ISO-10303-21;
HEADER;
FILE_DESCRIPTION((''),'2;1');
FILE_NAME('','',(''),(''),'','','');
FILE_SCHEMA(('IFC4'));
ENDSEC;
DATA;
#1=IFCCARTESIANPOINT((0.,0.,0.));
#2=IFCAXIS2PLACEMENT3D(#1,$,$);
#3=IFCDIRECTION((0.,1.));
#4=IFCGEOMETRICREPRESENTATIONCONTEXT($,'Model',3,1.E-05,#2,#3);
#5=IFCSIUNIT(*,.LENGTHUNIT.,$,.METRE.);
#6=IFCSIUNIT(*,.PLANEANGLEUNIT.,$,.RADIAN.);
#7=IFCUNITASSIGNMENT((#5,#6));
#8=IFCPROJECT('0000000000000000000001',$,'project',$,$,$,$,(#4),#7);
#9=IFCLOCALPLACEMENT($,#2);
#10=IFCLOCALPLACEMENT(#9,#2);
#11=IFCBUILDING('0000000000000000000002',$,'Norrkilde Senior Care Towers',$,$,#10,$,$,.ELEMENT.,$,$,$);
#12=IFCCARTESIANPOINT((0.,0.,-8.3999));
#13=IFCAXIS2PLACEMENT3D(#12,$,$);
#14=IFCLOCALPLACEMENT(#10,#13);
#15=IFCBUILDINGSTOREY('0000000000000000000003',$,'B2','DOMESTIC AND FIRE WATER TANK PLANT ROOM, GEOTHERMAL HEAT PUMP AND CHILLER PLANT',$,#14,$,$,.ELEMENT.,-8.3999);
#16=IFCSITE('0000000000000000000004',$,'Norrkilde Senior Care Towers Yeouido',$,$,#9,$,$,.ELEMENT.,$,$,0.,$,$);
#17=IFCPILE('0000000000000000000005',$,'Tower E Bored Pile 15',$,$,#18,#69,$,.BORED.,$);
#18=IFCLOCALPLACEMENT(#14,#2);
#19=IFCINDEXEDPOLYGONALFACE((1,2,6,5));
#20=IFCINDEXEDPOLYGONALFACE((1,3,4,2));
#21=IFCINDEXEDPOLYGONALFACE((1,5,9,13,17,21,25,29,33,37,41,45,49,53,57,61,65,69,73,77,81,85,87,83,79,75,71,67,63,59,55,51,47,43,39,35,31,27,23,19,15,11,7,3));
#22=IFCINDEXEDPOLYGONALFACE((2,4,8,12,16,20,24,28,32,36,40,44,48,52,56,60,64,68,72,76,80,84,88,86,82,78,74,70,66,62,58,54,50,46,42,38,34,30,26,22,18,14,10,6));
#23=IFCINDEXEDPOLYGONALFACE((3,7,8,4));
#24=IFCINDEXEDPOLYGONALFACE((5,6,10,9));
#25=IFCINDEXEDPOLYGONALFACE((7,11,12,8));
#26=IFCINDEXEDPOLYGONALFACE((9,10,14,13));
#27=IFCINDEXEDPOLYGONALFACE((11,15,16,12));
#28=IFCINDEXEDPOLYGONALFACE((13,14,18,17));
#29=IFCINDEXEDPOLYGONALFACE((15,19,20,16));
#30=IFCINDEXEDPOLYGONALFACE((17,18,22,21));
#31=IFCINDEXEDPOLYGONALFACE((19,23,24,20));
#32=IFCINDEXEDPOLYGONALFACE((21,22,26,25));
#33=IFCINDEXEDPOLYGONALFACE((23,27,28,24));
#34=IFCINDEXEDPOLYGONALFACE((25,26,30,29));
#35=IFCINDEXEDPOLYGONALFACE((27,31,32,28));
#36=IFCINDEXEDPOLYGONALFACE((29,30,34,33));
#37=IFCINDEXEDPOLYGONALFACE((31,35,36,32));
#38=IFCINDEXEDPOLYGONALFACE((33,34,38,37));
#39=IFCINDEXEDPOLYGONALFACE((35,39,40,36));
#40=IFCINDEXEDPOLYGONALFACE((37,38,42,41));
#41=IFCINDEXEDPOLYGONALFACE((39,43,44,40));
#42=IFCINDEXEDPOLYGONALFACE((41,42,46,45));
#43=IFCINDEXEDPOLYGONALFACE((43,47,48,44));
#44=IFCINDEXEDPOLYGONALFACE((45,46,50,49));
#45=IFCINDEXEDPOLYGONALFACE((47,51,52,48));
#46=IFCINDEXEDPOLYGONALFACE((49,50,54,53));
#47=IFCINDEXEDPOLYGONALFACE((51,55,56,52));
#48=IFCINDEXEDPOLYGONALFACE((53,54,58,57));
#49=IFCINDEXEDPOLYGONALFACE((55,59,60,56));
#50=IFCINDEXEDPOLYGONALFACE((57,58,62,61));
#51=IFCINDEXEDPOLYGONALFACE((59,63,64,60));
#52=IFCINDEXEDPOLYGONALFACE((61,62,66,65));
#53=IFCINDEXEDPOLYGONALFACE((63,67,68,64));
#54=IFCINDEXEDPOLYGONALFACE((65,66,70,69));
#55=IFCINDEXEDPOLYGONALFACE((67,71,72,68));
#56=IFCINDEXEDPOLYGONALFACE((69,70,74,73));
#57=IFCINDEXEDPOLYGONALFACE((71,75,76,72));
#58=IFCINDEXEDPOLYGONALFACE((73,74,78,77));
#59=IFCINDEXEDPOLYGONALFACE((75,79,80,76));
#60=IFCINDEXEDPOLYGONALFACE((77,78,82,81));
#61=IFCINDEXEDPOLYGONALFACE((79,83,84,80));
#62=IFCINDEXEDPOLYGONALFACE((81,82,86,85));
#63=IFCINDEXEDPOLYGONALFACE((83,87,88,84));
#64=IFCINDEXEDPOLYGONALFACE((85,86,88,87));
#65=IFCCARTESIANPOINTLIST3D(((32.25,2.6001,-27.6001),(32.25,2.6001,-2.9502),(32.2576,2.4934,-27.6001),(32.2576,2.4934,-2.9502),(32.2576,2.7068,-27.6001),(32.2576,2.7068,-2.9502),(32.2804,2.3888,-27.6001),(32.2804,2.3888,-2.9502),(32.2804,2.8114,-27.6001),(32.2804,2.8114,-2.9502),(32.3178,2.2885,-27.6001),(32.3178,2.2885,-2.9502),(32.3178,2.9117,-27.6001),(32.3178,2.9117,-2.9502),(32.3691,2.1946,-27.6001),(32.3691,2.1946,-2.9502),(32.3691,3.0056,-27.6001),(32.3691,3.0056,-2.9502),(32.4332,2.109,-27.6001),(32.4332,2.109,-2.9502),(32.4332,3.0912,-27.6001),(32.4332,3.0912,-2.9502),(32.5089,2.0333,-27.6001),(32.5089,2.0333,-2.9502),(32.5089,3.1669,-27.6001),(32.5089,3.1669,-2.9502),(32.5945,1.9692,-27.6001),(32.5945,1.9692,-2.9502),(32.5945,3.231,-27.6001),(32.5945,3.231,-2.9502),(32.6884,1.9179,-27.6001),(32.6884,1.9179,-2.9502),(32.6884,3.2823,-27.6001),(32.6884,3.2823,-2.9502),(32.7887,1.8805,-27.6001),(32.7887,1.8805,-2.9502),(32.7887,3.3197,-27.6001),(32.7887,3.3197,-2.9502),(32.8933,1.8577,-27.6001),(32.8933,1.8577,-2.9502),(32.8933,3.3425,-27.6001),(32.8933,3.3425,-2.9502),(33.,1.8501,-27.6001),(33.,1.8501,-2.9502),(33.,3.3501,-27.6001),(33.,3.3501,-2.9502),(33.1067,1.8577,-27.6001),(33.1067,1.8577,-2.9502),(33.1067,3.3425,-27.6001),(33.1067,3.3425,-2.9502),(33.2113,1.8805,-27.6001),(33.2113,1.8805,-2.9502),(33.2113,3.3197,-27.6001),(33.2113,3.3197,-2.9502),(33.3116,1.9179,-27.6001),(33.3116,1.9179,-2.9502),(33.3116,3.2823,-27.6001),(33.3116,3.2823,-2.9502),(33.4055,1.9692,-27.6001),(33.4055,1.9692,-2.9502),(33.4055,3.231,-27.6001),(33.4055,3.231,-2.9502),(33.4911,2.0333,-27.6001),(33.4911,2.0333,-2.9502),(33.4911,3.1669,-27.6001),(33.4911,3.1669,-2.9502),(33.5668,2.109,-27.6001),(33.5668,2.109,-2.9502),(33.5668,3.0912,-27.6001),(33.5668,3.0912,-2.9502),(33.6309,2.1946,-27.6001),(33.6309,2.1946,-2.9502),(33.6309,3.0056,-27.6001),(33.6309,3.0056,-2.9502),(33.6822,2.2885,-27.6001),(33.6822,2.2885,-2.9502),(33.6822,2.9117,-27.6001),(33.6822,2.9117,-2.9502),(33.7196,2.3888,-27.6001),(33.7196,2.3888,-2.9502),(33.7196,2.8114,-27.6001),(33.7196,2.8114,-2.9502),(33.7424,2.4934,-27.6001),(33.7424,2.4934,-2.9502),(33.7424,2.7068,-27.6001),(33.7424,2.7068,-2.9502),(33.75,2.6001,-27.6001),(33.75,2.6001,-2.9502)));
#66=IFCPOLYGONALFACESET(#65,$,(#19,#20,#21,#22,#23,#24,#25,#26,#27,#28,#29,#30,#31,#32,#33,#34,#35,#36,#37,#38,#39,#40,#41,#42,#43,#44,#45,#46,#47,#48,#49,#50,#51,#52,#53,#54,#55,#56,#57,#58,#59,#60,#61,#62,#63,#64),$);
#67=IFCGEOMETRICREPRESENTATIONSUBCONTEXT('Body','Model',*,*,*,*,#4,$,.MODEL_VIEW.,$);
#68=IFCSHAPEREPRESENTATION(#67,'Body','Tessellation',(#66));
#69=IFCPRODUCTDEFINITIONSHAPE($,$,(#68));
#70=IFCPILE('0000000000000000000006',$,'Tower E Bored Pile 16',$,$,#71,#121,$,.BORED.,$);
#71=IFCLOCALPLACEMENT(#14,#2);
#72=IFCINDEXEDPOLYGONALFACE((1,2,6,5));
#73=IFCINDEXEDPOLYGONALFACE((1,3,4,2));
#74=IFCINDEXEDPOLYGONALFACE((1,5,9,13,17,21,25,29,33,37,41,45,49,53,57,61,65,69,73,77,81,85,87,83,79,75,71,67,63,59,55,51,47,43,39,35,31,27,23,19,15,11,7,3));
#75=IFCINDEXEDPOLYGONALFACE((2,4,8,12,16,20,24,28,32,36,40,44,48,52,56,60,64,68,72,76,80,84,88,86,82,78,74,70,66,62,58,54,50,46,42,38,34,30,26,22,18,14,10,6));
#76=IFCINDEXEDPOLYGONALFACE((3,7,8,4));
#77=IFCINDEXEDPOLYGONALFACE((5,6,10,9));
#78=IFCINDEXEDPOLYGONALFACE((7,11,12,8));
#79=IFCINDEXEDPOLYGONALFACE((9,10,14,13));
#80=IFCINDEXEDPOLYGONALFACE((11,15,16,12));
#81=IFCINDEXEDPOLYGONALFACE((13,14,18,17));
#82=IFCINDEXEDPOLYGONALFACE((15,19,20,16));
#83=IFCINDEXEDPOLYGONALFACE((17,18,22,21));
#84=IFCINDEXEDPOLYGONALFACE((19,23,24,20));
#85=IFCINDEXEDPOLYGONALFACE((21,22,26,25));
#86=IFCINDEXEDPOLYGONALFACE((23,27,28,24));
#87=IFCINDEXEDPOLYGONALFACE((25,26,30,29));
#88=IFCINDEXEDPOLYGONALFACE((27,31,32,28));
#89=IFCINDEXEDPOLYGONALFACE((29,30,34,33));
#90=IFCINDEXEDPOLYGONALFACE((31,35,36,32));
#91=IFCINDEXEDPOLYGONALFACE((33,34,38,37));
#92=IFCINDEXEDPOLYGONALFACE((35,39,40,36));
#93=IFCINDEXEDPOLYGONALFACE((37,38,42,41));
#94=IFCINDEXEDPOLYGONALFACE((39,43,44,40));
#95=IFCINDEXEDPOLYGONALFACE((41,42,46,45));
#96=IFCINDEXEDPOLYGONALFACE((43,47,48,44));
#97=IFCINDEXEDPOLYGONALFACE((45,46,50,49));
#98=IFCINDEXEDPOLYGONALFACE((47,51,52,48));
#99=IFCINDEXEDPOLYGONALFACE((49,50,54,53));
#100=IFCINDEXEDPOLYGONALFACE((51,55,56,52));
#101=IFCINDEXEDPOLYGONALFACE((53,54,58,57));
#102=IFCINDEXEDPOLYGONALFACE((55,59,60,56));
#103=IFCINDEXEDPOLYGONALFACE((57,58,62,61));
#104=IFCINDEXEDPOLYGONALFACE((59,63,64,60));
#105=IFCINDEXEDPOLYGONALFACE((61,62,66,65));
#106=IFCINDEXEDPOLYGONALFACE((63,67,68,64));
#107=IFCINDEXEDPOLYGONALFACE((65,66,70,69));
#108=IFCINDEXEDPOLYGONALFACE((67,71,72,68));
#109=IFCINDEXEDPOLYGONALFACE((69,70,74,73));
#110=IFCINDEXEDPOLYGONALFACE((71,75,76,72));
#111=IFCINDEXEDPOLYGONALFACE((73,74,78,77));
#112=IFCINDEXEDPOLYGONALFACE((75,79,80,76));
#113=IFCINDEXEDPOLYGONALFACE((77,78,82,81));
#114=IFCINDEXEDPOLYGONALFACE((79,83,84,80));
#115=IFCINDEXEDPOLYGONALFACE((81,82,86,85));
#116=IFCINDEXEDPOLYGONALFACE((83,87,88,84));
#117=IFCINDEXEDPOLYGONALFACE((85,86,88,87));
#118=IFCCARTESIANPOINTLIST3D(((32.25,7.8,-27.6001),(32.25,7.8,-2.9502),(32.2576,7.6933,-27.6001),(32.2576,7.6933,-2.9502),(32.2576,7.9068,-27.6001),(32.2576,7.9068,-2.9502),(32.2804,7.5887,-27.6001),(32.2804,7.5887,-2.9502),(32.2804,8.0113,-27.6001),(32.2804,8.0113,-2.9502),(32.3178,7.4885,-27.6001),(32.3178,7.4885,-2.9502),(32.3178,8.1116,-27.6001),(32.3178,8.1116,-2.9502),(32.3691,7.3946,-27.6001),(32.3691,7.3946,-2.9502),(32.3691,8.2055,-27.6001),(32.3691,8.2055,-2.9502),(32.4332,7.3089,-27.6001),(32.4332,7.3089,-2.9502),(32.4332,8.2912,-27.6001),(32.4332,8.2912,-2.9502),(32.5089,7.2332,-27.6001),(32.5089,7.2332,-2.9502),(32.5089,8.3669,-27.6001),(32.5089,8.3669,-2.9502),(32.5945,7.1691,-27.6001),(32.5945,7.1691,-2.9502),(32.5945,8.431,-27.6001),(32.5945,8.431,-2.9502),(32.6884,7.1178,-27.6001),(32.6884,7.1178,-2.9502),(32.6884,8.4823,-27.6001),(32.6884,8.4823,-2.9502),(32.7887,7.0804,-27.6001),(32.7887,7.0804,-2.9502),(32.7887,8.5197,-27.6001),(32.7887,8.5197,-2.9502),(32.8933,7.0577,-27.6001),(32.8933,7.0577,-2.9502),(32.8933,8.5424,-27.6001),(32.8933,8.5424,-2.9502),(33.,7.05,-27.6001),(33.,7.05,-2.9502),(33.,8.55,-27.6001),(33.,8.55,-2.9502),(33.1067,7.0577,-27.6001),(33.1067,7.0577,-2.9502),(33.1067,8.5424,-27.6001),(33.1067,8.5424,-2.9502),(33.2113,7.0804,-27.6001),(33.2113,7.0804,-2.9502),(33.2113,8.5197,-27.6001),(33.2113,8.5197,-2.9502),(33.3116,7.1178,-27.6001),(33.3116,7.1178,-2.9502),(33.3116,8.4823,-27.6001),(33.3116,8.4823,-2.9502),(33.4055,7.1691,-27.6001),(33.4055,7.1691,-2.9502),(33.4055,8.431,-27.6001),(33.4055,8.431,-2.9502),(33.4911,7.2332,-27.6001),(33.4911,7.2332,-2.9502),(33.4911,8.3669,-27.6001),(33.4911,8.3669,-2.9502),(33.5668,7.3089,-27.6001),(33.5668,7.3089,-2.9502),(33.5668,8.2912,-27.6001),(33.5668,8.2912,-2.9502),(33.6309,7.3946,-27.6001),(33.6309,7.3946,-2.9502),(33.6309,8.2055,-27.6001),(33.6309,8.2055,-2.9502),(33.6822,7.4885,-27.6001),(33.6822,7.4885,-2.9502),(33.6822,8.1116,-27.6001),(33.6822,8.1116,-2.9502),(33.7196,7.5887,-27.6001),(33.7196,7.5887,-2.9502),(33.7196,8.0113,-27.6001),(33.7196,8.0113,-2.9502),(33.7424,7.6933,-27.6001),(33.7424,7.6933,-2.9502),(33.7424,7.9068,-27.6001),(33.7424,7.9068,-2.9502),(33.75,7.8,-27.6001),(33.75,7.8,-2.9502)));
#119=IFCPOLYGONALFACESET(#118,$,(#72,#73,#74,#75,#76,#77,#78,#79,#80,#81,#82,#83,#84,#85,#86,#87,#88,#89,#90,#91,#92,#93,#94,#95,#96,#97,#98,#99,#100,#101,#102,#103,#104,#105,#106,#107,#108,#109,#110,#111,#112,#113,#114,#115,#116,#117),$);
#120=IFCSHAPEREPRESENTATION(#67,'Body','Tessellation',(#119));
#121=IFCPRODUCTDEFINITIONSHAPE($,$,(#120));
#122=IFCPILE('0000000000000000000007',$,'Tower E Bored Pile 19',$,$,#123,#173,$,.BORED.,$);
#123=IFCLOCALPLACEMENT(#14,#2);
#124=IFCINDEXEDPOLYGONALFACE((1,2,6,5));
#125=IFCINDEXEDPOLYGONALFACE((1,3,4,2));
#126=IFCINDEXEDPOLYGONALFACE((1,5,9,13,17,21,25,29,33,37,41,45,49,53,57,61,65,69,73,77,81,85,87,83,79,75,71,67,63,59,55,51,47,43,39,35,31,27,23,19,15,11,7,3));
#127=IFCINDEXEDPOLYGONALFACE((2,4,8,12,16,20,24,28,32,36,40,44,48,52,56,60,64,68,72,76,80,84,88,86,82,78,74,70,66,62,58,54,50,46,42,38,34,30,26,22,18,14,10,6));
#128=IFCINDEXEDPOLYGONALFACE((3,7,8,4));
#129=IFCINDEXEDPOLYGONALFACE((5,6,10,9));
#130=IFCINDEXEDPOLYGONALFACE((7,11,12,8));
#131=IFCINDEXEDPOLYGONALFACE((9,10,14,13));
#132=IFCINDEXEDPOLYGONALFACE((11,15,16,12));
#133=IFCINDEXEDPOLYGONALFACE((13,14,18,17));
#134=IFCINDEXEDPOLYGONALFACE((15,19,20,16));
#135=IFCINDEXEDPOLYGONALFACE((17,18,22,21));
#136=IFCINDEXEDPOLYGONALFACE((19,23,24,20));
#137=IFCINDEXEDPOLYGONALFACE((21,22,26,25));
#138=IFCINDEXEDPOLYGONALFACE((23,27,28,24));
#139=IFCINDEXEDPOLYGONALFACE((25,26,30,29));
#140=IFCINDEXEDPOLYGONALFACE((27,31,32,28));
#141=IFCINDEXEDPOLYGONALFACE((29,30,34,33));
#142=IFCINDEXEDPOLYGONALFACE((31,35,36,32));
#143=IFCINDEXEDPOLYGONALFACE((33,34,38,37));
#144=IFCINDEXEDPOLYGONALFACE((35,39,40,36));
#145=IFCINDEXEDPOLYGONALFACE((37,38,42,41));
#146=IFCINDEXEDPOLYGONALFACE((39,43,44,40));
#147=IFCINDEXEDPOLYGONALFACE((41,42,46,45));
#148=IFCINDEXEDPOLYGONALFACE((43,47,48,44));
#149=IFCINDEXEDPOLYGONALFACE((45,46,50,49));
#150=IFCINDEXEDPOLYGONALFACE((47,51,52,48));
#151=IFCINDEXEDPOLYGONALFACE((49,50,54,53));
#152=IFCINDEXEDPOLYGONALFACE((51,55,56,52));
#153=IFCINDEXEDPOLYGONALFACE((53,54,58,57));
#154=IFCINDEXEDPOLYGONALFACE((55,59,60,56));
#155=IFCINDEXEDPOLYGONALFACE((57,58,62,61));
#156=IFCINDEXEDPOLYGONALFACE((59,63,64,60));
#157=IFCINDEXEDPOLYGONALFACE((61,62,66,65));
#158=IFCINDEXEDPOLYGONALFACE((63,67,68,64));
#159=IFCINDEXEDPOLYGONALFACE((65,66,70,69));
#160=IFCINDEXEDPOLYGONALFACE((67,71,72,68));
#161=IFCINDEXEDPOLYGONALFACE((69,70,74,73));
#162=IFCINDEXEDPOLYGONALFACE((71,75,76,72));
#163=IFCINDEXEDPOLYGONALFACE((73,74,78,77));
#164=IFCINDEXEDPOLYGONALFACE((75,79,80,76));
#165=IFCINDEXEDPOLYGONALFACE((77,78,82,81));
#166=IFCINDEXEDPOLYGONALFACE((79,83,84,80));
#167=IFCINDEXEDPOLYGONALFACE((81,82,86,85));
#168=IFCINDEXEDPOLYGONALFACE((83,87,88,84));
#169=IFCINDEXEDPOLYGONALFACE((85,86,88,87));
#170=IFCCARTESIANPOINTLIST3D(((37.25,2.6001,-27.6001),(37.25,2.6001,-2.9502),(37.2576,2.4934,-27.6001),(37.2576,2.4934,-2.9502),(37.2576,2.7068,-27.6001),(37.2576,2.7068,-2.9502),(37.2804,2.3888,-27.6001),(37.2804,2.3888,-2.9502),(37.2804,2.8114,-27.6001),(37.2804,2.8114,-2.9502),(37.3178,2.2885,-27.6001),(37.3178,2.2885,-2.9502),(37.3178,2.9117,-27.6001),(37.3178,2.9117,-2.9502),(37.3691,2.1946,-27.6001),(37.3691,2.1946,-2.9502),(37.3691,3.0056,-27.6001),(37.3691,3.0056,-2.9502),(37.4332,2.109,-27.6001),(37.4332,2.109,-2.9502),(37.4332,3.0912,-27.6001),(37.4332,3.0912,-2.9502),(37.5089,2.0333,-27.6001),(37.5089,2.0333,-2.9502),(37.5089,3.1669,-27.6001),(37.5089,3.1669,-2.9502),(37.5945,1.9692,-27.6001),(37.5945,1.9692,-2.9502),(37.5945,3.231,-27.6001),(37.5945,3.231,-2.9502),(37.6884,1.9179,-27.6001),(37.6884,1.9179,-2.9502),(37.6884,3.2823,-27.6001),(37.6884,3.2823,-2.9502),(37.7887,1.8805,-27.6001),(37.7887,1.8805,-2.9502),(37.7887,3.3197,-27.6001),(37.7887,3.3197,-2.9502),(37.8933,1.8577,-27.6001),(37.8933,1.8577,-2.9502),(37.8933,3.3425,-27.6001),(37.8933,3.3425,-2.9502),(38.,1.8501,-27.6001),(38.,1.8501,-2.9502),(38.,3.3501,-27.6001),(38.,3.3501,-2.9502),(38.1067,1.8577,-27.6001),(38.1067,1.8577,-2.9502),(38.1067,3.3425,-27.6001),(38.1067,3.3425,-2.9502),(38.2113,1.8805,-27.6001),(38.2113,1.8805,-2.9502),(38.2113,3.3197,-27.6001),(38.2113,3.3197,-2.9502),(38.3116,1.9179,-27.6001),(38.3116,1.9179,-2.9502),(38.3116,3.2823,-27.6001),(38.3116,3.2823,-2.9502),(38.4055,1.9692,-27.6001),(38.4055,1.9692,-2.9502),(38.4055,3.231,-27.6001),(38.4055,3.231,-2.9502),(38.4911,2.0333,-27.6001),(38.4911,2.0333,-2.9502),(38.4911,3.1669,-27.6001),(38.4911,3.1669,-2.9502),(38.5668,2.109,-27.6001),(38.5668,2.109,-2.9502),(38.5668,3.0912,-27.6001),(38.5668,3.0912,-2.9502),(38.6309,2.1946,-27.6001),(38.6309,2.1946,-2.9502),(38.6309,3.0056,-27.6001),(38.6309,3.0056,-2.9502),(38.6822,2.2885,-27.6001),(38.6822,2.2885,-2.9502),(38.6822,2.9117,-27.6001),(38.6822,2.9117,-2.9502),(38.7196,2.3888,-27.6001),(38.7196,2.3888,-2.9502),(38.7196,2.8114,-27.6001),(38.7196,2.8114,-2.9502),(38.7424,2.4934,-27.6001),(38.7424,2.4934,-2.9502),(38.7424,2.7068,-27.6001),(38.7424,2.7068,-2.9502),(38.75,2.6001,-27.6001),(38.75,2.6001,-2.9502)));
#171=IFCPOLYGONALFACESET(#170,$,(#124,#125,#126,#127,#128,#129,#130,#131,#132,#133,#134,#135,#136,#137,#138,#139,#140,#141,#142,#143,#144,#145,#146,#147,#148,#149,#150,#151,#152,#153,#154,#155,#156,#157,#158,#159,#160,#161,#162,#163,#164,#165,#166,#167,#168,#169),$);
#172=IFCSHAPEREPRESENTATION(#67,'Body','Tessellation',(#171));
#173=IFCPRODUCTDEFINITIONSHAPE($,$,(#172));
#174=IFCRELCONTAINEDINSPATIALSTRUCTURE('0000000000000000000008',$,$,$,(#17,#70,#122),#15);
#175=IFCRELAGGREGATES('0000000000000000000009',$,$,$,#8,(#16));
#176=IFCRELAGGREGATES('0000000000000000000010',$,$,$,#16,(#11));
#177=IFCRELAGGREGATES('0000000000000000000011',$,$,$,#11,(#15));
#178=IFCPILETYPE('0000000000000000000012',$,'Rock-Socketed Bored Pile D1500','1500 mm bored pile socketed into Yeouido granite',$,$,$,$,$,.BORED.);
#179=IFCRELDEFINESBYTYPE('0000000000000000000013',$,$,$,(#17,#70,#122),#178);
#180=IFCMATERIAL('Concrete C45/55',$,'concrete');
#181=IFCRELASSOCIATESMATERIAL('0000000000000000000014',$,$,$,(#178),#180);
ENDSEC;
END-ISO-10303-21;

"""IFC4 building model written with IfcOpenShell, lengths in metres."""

from ifc_helpers import new_model, si_unit, direction, frame, origin, origin_2d, place, context, subcontext, project, spatial, circle, extrude, source, transform, mapped, material, material_profile, profile_set, type_object, type_shapes, element, save


model = new_model("IFC4")

# Units and contexts
model_context = context("Model", 3, precision=1e-05, world=origin(), true_north=direction((0.0, 1.0)))
body_context = subcontext(model_context, "Body", "Model", "MODEL_VIEW")
ifc_project = project(units=[si_unit("LENGTHUNIT", "METRE"), si_unit("PLANEANGLEUNIT", "RADIAN")], contexts=[model_context])

# Site, building, storey
site_placement = place(None, origin())
site = spatial("IfcSite", under=ifc_project, at=site_placement, Name="Norrkilde Senior Care Towers Yeouido", CompositionType="ELEMENT", RefElevation=0.0)
building_placement = place(site_placement, origin())
building = spatial("IfcBuilding", under=site, at=building_placement, Name="Norrkilde Senior Care Towers", CompositionType="ELEMENT")
storey_placement = place(building_placement, frame((0.0, 0.0, -8.3999)))
storey = spatial("IfcBuildingStorey", under=building, at=storey_placement, Name="B2", Description="DOMESTIC AND FIRE WATER TANK PLANT ROOM, GEOTHERMAL HEAT PUMP AND CHILLER PLANT", CompositionType="ELEMENT", Elevation=-8.3999)

# Piles
ifc_material_1 = material(Name="Concrete C45/55", Category="concrete")
ifc_material_profile_1 = material_profile(ifc_material_1, circle(Radius=0.75, at=origin_2d()), Name="BORED PILE 1500")
ifc_profile_set_1 = profile_set([ifc_material_profile_1], Name="Concrete C45/55")
pile_type_1 = type_object("IfcPileType", Name="Rock-Socketed Bored Pile D1500", Description="1500 mm bored pile socketed into Yeouido granite", PredefinedType="BORED", material=ifc_profile_set_1)
shared_shape_1 = source(origin(), body_context, "Body", "SweptSolid", [
    extrude(circle(Radius=0.75, at=origin_2d()), origin(), (0.0, 0.0, 1.0), 24.6499),
])
type_shapes(pile_type_1, [shared_shape_1])
for number, where, z_axis, x_axis, name in (
    (1, (33.0, 2.6001, -2.9502), (0.0, 0.0, -1.0), (1.0, 0.0, 0.0), "Tower E Bored Pile 15"),
    (2, (33.0, 7.8, -2.9502), (0.0, 0.0, -1.0), (1.0, 0.0, 0.0), "Tower E Bored Pile 16"),
    (3, (38.0, 2.6001, -2.9502), (0.0, 0.0, -1.0), (1.0, 0.0, 0.0), "Tower E Bored Pile 19"),
):
    element("IfcPile", number, at=place(storey_placement, frame(where, z_axis=z_axis, x_axis=x_axis)), inside=storey, type_object=pile_type_1, Name=name, PredefinedType="BORED", context=body_context, shape_type="MappedRepresentation", body=[
        mapped(shared_shape_1, transform((0.0, 0.0, 0.0), x_axis=(1.0, 0.0, 0.0), y_axis=(0.0, 1.0, 0.0), z_axis=(0.0, 0.0, 1.0), scale=1.0)),
    ])

save(model, "model.ifc")
